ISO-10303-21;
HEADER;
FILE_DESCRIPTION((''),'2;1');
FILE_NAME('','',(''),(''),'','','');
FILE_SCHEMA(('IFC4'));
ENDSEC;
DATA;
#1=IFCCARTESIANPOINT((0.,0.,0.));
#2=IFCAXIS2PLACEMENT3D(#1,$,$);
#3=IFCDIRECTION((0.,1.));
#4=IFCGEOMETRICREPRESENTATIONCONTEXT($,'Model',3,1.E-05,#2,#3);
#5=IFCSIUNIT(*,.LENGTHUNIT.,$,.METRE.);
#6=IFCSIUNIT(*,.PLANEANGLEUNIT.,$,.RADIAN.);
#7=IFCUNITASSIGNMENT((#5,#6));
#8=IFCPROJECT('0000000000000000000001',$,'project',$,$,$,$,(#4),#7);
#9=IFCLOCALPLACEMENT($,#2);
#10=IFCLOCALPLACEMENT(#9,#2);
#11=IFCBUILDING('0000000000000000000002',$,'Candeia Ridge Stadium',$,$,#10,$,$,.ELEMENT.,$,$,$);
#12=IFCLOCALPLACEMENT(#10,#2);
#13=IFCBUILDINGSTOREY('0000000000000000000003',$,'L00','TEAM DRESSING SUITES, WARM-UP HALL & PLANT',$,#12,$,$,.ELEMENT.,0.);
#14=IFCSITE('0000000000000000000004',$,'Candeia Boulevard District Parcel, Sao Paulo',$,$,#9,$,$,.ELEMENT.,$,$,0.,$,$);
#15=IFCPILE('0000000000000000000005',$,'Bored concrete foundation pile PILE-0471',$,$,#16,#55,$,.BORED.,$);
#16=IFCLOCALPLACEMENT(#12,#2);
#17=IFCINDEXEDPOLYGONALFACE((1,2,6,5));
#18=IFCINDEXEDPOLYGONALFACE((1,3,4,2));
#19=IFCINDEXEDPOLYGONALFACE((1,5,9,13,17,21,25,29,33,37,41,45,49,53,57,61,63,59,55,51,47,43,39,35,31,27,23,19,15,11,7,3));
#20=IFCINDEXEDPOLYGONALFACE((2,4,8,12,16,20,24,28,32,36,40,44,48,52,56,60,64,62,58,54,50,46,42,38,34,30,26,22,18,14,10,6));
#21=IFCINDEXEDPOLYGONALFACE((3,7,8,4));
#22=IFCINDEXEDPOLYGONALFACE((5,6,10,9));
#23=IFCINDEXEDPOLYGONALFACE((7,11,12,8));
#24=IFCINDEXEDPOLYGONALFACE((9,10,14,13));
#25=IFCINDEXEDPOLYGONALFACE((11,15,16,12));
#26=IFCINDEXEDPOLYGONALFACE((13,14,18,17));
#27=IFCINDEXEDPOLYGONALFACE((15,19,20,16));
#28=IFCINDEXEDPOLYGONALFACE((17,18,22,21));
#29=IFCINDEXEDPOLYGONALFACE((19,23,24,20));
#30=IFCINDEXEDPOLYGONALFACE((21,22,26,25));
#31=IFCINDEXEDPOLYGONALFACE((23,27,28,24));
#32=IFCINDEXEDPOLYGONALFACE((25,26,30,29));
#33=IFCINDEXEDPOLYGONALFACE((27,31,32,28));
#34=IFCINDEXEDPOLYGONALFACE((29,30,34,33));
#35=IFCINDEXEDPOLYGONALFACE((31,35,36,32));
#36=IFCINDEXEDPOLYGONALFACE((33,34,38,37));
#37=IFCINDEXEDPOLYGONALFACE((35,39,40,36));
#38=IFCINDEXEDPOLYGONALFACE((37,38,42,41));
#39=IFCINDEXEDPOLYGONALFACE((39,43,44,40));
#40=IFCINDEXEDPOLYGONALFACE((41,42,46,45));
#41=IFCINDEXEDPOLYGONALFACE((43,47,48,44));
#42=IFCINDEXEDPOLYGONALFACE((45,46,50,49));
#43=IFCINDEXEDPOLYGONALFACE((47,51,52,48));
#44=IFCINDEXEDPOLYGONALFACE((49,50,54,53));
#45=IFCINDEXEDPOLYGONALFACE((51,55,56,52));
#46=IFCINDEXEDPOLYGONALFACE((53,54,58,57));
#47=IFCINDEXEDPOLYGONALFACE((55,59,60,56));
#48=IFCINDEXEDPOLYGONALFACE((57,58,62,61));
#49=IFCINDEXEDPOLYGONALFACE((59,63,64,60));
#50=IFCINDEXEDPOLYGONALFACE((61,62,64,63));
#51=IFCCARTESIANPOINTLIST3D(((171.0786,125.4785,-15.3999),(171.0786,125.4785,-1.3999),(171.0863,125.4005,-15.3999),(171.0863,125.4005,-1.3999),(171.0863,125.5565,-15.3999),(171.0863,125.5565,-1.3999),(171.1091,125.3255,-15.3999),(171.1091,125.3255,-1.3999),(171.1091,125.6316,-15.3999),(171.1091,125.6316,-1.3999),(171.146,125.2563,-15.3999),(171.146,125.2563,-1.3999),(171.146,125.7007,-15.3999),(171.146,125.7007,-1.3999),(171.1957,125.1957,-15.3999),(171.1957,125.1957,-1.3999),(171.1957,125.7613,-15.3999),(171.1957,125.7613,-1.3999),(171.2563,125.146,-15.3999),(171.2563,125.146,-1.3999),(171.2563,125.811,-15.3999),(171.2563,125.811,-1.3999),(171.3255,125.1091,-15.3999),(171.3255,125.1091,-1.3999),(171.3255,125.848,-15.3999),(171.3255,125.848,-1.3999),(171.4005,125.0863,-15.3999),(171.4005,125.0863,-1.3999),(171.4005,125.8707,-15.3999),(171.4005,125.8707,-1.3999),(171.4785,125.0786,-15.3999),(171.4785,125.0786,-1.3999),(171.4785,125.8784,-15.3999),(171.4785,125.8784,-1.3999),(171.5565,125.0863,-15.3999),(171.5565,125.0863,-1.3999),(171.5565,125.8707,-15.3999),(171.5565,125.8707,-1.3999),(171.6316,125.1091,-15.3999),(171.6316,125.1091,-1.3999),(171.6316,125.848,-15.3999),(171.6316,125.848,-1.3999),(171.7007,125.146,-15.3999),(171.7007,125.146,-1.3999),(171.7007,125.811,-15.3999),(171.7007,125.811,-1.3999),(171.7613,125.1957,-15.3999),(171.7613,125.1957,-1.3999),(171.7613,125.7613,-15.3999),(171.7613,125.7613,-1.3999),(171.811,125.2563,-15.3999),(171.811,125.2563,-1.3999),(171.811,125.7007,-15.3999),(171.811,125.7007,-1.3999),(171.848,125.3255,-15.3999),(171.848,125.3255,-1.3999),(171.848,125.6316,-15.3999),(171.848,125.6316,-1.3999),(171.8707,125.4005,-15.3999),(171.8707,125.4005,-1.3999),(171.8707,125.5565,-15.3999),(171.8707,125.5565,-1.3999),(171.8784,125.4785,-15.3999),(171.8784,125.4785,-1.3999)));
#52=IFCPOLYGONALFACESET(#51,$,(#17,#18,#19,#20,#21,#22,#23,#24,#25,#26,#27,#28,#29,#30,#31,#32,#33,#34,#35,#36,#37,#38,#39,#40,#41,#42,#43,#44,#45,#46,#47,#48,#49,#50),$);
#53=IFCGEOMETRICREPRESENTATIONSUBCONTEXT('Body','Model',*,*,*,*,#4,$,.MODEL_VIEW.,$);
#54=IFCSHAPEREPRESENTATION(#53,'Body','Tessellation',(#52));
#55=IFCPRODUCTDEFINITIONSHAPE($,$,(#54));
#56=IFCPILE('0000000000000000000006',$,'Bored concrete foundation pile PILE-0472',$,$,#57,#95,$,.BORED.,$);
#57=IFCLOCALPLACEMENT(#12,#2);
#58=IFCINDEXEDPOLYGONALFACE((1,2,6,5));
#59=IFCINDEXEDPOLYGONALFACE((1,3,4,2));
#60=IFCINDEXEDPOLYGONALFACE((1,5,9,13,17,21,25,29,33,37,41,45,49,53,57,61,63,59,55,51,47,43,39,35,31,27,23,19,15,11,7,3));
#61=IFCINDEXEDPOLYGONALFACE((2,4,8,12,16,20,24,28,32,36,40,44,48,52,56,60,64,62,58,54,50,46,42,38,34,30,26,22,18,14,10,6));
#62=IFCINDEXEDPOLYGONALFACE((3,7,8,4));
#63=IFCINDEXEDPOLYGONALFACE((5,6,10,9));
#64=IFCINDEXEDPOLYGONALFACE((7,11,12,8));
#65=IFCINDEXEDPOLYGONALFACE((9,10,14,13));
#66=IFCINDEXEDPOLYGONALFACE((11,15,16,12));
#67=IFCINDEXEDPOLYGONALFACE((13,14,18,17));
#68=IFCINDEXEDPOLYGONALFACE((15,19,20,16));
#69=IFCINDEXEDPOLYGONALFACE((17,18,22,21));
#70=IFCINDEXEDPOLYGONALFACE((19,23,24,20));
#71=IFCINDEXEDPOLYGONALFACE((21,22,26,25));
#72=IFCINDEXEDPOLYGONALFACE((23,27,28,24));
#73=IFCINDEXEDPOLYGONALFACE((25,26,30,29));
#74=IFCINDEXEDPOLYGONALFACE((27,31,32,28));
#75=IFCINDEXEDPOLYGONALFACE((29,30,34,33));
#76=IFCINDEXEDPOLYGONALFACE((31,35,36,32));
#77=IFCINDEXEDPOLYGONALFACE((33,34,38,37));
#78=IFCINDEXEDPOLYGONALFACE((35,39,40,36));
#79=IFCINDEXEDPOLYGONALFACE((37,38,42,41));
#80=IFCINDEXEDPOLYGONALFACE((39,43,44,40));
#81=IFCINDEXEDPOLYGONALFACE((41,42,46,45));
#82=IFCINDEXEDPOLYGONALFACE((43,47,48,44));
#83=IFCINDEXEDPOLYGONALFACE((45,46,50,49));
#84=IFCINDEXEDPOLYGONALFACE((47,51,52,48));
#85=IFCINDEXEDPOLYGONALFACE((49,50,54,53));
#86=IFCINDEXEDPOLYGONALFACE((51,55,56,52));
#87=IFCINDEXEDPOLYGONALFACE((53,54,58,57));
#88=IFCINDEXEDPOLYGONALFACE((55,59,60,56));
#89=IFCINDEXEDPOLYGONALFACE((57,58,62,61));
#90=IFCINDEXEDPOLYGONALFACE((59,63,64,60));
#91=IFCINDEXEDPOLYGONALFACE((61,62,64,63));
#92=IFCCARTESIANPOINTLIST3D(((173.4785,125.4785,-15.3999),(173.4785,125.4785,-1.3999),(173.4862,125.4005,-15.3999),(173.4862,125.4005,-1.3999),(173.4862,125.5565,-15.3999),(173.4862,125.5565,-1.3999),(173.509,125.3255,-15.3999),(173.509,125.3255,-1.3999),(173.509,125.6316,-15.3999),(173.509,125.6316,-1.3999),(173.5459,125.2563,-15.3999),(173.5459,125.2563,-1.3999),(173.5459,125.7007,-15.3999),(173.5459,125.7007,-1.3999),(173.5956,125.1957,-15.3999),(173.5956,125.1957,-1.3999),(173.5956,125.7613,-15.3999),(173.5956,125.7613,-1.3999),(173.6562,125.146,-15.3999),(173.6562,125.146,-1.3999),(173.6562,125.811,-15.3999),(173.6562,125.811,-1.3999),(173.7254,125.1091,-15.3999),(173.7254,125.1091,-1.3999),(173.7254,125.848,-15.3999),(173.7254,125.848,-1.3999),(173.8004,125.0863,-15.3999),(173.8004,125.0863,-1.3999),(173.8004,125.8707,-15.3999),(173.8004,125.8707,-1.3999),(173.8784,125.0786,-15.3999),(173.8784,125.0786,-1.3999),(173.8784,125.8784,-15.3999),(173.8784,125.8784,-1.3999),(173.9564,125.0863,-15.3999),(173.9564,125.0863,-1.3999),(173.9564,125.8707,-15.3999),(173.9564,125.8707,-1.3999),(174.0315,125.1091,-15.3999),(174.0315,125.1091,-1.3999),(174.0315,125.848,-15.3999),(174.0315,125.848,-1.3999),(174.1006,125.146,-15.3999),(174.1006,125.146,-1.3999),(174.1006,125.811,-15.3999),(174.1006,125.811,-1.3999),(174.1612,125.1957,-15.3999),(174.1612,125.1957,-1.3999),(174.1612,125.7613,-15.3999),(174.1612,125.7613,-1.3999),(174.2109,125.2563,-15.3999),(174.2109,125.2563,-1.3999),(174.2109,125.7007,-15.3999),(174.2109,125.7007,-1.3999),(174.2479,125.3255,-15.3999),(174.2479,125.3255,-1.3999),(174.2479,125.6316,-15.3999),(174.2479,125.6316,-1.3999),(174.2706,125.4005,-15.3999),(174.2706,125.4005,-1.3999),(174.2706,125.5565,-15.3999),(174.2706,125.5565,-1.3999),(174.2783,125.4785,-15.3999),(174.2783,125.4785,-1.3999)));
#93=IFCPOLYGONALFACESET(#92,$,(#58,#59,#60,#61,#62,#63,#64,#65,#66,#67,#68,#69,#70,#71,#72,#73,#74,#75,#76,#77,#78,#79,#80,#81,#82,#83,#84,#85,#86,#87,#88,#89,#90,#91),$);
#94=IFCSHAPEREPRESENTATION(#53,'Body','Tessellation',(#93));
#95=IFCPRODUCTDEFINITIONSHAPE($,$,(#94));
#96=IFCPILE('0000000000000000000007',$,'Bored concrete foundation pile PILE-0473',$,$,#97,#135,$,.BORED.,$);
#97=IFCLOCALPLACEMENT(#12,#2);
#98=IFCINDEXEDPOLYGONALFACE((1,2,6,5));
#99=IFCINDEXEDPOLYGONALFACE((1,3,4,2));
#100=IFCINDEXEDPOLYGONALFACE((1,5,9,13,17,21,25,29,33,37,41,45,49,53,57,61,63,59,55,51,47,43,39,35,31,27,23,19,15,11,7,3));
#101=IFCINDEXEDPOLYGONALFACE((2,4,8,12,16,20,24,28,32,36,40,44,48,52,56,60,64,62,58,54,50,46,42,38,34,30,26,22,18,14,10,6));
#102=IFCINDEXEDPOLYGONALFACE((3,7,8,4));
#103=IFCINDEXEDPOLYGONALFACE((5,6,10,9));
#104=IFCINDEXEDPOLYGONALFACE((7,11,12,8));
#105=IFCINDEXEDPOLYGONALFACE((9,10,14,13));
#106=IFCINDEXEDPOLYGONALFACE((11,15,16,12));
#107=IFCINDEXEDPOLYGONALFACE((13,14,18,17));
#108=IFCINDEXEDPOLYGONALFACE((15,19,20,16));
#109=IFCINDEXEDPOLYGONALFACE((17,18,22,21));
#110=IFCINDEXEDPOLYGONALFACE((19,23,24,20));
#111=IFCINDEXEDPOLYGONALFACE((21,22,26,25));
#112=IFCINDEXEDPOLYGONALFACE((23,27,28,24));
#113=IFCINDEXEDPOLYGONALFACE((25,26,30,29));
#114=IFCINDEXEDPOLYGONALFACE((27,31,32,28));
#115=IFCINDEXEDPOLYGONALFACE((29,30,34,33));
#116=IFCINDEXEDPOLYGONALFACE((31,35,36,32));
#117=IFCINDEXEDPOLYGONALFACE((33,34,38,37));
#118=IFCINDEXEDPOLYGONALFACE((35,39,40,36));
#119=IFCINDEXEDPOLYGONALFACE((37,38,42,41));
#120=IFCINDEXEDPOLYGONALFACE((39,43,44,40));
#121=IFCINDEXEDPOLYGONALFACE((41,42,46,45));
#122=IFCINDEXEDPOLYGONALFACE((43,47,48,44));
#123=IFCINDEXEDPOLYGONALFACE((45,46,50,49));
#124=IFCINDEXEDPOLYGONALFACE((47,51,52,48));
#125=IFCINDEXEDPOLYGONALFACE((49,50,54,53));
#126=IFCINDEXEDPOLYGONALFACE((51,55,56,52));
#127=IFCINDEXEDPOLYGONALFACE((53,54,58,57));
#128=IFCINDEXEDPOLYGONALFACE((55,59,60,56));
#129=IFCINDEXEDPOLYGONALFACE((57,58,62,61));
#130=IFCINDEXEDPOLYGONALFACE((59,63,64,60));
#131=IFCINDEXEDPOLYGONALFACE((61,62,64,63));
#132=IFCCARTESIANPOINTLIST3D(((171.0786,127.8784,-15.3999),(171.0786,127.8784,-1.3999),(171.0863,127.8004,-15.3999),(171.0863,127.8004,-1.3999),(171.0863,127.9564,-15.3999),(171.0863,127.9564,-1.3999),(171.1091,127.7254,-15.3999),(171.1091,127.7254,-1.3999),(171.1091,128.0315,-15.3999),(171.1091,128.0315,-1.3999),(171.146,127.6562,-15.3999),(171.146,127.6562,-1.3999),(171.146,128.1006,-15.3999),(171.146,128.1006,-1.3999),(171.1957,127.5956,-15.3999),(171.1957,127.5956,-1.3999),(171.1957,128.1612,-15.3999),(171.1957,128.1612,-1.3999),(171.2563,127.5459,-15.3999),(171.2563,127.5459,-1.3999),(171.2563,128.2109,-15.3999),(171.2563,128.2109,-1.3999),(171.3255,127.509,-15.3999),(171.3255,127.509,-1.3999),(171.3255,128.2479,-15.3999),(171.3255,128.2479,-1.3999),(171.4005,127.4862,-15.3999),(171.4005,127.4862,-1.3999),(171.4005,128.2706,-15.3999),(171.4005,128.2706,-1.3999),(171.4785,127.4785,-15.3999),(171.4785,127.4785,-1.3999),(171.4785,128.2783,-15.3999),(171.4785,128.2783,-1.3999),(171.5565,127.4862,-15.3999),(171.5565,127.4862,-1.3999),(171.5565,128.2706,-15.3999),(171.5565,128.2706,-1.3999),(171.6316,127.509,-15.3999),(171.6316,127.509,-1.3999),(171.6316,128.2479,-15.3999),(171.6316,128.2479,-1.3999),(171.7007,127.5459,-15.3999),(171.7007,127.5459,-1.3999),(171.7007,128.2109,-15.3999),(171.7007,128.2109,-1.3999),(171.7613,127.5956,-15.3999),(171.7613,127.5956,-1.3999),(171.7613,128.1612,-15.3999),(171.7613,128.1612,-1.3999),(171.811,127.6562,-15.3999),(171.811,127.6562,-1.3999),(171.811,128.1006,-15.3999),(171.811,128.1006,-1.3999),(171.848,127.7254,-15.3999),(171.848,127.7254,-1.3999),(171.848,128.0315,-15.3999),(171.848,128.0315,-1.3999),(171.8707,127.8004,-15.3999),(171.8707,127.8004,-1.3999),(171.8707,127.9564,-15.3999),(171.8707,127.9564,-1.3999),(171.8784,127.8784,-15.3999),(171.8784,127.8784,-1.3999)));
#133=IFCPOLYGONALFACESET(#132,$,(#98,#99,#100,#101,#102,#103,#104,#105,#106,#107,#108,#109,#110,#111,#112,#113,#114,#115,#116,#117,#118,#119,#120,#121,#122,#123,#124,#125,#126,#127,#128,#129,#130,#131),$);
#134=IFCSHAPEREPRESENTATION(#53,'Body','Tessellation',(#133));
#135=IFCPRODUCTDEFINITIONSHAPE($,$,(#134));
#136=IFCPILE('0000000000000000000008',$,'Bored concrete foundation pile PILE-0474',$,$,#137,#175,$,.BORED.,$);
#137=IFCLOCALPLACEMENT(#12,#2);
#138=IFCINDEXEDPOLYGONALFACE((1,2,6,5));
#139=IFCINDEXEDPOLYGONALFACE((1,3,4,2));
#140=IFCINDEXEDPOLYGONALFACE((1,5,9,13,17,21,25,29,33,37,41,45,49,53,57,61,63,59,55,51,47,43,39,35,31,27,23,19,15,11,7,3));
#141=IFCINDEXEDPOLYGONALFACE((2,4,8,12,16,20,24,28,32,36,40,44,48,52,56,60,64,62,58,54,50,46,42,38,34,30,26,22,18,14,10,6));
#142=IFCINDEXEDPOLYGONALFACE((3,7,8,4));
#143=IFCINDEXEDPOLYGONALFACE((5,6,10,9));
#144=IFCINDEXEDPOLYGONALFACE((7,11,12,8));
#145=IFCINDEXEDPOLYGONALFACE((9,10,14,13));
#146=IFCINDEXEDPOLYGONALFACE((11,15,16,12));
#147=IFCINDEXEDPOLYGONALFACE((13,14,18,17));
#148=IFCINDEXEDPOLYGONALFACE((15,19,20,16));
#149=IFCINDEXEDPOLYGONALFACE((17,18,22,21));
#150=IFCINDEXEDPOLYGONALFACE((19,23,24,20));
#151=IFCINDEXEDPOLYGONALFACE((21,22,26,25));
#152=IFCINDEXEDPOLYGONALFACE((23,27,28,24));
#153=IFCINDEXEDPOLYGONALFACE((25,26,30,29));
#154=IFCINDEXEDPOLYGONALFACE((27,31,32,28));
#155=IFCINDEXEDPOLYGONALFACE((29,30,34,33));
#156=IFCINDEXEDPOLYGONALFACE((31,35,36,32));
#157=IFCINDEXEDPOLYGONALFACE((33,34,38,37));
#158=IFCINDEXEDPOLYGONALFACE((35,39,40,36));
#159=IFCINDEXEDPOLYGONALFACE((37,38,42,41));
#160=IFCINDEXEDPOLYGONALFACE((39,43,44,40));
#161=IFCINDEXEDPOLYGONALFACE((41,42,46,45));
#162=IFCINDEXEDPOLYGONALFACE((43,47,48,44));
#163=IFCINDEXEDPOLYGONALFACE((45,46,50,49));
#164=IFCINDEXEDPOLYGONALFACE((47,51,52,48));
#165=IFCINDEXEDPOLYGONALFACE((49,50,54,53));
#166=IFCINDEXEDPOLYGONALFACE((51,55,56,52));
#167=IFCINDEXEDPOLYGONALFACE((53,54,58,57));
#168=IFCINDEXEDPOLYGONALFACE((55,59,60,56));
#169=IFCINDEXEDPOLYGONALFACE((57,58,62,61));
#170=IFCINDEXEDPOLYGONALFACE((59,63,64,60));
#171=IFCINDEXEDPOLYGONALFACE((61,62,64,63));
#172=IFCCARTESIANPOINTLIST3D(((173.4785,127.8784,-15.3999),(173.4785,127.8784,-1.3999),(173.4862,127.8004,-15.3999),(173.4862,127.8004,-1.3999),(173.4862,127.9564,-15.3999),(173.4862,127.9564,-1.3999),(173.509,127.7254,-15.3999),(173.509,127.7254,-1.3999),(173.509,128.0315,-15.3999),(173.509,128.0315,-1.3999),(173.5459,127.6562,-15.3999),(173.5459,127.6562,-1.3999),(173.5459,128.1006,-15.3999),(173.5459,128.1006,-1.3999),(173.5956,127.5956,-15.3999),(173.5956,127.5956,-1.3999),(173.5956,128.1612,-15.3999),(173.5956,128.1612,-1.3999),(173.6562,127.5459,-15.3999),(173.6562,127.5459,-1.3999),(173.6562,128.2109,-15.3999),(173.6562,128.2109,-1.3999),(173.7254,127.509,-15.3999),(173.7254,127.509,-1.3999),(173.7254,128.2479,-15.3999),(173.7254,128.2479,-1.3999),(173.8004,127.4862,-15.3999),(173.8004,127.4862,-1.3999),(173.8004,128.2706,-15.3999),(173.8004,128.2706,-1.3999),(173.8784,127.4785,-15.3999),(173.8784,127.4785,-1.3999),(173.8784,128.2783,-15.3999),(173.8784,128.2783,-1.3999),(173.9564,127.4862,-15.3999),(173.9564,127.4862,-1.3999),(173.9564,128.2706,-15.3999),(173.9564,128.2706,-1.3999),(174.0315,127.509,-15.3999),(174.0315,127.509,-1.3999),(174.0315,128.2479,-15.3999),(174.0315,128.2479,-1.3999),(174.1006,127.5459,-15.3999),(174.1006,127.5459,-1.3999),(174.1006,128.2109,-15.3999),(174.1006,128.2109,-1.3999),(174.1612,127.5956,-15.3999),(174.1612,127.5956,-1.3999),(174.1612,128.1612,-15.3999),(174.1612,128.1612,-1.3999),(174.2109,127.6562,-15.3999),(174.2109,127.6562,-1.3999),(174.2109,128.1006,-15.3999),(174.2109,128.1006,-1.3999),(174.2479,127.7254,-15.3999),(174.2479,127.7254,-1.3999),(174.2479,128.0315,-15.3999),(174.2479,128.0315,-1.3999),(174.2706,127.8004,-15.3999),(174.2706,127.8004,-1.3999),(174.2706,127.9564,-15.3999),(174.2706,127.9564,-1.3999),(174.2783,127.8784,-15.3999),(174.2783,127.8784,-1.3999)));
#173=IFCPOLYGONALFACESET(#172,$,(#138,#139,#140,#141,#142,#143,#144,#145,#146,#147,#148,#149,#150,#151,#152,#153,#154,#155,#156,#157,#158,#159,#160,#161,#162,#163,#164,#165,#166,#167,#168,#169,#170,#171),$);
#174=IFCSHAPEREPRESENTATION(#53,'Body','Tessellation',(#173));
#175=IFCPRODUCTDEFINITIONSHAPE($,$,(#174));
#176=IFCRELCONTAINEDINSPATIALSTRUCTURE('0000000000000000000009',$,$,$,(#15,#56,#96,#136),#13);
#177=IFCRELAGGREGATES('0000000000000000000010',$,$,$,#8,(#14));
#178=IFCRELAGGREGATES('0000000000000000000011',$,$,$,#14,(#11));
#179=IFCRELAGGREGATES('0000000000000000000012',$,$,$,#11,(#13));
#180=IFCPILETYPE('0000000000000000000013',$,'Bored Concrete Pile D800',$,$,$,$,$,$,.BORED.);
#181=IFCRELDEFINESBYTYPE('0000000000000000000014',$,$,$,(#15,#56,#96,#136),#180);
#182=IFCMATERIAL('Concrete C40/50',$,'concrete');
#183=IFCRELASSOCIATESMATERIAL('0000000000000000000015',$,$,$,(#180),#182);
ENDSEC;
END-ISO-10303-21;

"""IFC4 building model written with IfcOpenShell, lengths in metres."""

from ifc_helpers import new_model, si_unit, direction, frame, origin, origin_2d, place, context, subcontext, project, spatial, circle, extrude, material, material_profile, profile_set, type_object, element, save


model = new_model("IFC4")

# Units and contexts
model_context = context("Model", 3, precision=1e-05, world=origin(), true_north=direction((0.0, 1.0)))
body_context = subcontext(model_context, "Body", "Model", "MODEL_VIEW")
ifc_project = project(units=[si_unit("LENGTHUNIT", "METRE"), si_unit("PLANEANGLEUNIT", "RADIAN")], contexts=[model_context])

# Site, building, storey
site_placement = place(None, origin())
site = spatial("IfcSite", under=ifc_project, at=site_placement, Name="Candeia Boulevard District Parcel, Sao Paulo", CompositionType="ELEMENT", RefElevation=0.0)
building_placement = place(site_placement, origin())
building = spatial("IfcBuilding", under=site, at=building_placement, Name="Candeia Ridge Stadium", CompositionType="ELEMENT")
storey_placement = place(building_placement, origin())
storey = spatial("IfcBuildingStorey", under=building, at=storey_placement, Name="L00", Description="TEAM DRESSING SUITES, WARM-UP HALL & PLANT", CompositionType="ELEMENT", Elevation=0.0)

# Piles
ifc_material_1 = material(Name="Concrete C40/50", Category="concrete")
ifc_material_profile_1 = material_profile(ifc_material_1, circle(Radius=0.3999, at=origin_2d()), Name="PILE-D800", Category="concrete")
ifc_profile_set_1 = profile_set([ifc_material_profile_1], Name="Concrete C40/50")
pile_type_1 = type_object("IfcPileType", Name="Bored Concrete Pile D800", PredefinedType="BORED", material=ifc_profile_set_1)
for number, where, z_axis, x_axis, name in (
    (1, (171.4785, 125.4785, -1.3999), (0.0, 0.0, -1.0), (1.0, 0.0, 0.0), "Bored concrete foundation pile PILE-0471"),
    (2, (173.8784, 125.4785, -1.3999), (0.0, 0.0, -1.0), (1.0, 0.0, 0.0), "Bored concrete foundation pile PILE-0472"),
    (3, (171.4785, 127.8784, -1.3999), (0.0, 0.0, -1.0), (1.0, 0.0, 0.0), "Bored concrete foundation pile PILE-0473"),
    (4, (173.8784, 127.8784, -1.3999), (0.0, 0.0, -1.0), (1.0, 0.0, 0.0), "Bored concrete foundation pile PILE-0474"),
):
    element("IfcPile", number, at=place(storey_placement, frame(where, z_axis=z_axis, x_axis=x_axis)), inside=storey, type_object=pile_type_1, Name=name, PredefinedType="BORED", context=body_context, shape_type="SweptSolid", body=[
        extrude(circle(Radius=0.3999, at=origin_2d()), origin(), (0.0, 0.0, 1.0), 14.0),
    ])

save(model, "model.ifc")
